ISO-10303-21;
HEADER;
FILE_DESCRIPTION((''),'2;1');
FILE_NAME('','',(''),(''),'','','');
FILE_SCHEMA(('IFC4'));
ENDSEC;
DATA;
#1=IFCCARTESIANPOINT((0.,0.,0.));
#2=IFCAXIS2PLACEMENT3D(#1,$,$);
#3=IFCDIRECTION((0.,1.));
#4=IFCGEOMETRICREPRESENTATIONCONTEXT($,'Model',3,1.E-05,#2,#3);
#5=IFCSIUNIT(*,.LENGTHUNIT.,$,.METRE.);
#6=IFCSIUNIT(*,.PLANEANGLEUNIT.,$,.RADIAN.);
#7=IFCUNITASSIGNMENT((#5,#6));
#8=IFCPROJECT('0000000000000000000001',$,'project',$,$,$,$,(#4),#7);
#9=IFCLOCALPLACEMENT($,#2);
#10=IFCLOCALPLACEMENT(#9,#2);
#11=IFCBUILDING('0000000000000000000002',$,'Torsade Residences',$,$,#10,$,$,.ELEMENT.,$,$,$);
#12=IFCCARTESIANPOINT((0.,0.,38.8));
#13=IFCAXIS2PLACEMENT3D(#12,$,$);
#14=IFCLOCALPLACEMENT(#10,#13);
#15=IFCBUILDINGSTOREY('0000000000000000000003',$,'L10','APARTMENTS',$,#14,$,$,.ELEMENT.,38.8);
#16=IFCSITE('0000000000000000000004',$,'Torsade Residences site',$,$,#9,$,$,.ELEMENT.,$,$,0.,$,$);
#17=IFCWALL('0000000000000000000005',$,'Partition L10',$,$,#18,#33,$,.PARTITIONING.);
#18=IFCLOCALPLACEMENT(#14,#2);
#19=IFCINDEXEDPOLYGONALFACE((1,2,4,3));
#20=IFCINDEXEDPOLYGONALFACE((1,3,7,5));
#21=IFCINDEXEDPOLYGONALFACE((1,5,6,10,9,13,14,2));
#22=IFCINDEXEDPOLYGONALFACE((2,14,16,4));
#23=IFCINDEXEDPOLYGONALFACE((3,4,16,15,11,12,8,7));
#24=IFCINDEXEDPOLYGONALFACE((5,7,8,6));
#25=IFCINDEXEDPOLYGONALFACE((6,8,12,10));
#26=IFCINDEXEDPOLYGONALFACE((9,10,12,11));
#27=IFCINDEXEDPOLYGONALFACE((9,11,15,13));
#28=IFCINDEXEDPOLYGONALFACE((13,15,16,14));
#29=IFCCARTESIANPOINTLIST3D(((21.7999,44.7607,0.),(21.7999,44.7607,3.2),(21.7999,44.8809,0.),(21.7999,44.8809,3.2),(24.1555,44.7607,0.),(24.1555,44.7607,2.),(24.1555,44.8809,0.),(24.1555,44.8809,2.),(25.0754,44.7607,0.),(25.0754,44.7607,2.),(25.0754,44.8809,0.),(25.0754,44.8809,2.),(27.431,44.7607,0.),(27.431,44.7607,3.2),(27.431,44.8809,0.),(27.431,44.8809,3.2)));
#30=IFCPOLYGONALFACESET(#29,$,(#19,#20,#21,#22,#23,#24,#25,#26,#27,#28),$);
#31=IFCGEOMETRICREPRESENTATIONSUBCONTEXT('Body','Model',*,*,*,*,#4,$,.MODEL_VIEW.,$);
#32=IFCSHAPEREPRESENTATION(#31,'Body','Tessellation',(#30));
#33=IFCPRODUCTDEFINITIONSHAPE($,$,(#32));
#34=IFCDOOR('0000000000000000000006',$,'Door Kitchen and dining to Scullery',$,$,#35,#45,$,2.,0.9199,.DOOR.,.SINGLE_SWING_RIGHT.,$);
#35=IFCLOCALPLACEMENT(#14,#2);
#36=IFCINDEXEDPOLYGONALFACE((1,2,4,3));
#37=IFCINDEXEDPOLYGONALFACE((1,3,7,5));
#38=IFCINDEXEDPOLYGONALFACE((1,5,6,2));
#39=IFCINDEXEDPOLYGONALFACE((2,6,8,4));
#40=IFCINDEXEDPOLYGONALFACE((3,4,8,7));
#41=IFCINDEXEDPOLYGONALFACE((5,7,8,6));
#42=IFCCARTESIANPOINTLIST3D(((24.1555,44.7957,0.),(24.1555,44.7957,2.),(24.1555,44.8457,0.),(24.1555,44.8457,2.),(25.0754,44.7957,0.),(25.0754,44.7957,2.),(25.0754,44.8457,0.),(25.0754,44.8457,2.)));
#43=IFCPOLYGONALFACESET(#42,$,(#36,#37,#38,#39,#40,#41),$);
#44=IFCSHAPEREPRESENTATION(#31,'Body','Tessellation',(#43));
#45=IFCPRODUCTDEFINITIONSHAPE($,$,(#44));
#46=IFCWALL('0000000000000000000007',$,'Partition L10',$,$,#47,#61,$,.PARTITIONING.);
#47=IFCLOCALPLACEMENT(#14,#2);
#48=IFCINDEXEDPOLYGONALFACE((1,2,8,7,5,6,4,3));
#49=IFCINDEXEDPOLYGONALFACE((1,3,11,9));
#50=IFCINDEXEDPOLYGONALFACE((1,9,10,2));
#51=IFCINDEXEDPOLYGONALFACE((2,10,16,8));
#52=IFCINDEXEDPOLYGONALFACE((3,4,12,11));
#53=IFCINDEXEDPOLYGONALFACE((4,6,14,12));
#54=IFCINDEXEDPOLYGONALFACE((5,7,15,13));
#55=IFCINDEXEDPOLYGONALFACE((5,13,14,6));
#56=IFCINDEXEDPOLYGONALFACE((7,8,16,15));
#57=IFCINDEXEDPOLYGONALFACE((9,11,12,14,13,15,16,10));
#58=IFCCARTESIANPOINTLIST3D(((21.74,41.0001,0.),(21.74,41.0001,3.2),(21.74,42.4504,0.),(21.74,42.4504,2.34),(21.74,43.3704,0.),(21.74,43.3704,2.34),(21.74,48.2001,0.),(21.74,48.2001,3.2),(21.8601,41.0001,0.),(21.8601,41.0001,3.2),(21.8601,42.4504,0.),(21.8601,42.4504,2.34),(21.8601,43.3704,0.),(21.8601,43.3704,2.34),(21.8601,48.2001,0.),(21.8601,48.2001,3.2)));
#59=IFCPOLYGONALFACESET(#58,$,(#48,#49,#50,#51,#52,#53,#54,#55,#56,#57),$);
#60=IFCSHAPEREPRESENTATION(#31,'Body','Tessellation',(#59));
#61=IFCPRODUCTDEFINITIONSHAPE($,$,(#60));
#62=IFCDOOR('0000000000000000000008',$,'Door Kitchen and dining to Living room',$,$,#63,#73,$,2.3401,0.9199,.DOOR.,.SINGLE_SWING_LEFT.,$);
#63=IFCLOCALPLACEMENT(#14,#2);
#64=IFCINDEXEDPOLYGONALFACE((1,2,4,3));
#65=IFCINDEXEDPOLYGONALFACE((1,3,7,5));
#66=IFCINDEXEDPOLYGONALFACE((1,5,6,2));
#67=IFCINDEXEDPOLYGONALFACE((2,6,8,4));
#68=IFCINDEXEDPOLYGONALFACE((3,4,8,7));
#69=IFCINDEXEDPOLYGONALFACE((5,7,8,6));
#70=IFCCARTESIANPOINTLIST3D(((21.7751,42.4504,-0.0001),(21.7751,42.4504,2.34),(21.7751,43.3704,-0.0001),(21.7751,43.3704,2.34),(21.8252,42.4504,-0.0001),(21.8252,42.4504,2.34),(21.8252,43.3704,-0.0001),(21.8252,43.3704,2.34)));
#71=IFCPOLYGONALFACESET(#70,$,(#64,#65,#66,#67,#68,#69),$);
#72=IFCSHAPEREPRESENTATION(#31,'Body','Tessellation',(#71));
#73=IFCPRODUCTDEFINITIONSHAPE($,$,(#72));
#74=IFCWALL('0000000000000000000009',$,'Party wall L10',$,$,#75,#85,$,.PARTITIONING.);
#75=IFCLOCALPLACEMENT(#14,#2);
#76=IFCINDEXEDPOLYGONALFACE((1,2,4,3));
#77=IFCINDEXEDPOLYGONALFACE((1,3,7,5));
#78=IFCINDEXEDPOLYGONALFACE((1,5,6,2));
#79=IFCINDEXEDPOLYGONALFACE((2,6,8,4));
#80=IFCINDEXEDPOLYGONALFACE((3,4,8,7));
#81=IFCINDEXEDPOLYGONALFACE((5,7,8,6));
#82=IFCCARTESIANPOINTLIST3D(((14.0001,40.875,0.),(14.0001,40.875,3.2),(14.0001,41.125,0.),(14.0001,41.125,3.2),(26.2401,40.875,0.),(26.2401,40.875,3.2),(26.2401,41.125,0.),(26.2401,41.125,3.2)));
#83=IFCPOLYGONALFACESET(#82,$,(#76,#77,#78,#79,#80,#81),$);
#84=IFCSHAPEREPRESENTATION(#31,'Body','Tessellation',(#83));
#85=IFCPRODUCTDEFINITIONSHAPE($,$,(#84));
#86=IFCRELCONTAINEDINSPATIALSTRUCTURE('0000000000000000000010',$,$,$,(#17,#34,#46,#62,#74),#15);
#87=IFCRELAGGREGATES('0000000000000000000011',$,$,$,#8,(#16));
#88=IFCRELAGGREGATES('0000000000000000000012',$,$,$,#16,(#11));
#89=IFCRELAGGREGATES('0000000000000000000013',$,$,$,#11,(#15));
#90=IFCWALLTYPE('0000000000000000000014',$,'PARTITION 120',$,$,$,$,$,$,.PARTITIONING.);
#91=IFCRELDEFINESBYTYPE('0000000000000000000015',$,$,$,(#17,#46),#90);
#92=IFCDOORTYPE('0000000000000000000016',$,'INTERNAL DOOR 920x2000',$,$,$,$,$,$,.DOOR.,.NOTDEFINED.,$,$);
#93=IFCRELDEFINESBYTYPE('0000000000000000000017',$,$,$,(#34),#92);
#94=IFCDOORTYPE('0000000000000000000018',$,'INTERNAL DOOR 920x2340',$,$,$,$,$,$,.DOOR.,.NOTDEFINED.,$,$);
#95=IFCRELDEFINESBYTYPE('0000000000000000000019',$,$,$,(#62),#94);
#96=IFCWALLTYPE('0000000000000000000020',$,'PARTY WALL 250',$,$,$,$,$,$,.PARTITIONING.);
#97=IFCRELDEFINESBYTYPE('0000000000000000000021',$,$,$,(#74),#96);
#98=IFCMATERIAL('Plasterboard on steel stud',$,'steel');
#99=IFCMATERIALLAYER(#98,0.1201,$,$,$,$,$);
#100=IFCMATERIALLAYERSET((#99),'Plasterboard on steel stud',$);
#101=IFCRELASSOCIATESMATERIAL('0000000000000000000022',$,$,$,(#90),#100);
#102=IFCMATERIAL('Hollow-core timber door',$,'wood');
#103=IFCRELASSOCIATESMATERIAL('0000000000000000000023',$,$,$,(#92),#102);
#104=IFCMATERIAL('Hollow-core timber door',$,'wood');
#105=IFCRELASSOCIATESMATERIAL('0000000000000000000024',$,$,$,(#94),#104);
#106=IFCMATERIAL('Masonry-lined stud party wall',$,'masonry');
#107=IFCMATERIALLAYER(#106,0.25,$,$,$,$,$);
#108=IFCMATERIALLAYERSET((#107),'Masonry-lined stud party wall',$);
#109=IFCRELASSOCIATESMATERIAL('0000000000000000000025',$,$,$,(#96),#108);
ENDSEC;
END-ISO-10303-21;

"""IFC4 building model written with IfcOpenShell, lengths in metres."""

from ifc_helpers import new_model, si_unit, direction, frame, frame_2d, origin, place, context, subcontext, project, spatial, rectangle, extrude, material, layer, layer_set, type_object, element, fill, save


model = new_model("IFC4")

# Units and contexts
model_context = context("Model", 3, precision=1e-05, world=origin(), true_north=direction((0.0, 1.0)))
body_context = subcontext(model_context, "Body", "Model", "MODEL_VIEW")
ifc_project = project(units=[si_unit("LENGTHUNIT", "METRE"), si_unit("PLANEANGLEUNIT", "RADIAN")], contexts=[model_context])

# Site, building, storey
site_placement = place(None, origin())
site = spatial("IfcSite", under=ifc_project, at=site_placement, Name="Torsade Residences site", CompositionType="ELEMENT", RefElevation=0.0)
building_placement = place(site_placement, origin())
building = spatial("IfcBuilding", under=site, at=building_placement, Name="Torsade Residences", CompositionType="ELEMENT")
storey_placement = place(building_placement, frame((0.0, 0.0, 38.8)))
storey = spatial("IfcBuildingStorey", under=building, at=storey_placement, Name="L10", Description="APARTMENTS", CompositionType="ELEMENT", Elevation=38.8)

# Walls, openings, doors
ifc_material_1 = material(Name="Plasterboard on steel stud", Category="steel")
ifc_layer_1 = layer(ifc_material_1, 0.1201)
ifc_layer_set_1 = layer_set([ifc_layer_1], Name="Plasterboard on steel stud")
wall_type_1 = type_object("IfcWallType", Name="PARTITION 120", PredefinedType="PARTITIONING", material=ifc_layer_set_1)
wall_1_placement = place(storey_placement, frame((21.8, 44.8208, 0.0), z_axis=(0.0, 0.0, 1.0), x_axis=(1.0, 0.0, 0.0)))
wall_1 = element("IfcWall", 1, at=wall_1_placement, inside=storey, type_object=wall_type_1, Name="Partition L10", PredefinedType="PARTITIONING", context=body_context, shape_type="SweptSolid", body=[
    extrude(rectangle(XDim=5.6311, YDim=0.1201, at=frame_2d((2.8154, 0.0))), origin(), (0.0, 0.0, 1.0), 3.2),
])
opening_1_placement = place(wall_1_placement, frame((2.3555, 0.0, 0.0)))
opening_1 = element("IfcOpeningElement", 2, at=opening_1_placement, cuts=wall_1, PredefinedType="OPENING", context=body_context, shape_type="SweptSolid", body=[
    extrude(rectangle(XDim=0.9199, YDim=2.0, at=frame_2d((0.46, 1.0))), frame((0.0, 0.0701, 0.0), z_axis=(0.0, -1.0, 0.0), x_axis=(1.0, 0.0, 0.0)), (0.0, 0.0, 1.0), 0.1401),
])
ifc_material_2 = material(Name="Hollow-core timber door", Category="wood")
door_type_1 = type_object("IfcDoorType", Name="INTERNAL DOOR 920x2000", OperationType="NOTDEFINED", PredefinedType="DOOR", material=ifc_material_2)
door_1_placement = place(opening_1_placement, origin())
door_1 = element("IfcDoor", 3, at=door_1_placement, inside=storey, type_object=door_type_1, Name="Door Kitchen and dining to Scullery", OperationType="SINGLE_SWING_RIGHT", OverallHeight=2.0, OverallWidth=0.9199, PredefinedType="DOOR", context=body_context, shape_type="SweptSolid", body=[
    extrude(rectangle(XDim=0.9199, YDim=2.0, at=frame_2d((0.46, 1.0))), frame((0.0, 0.0249, 0.0), z_axis=(0.0, -1.0, 0.0), x_axis=(1.0, 0.0, 0.0)), (0.0, 0.0, 1.0), 0.05),
])
fill(opening_1, door_1)
wall_2_placement = place(storey_placement, frame((21.8, 41.0, 0.0), z_axis=(0.0, 0.0, 1.0), x_axis=(0.0, 1.0, 0.0)))
wall_2 = element("IfcWall", 4, at=wall_2_placement, inside=storey, type_object=wall_type_1, Name="Partition L10", PredefinedType="PARTITIONING", context=body_context, shape_type="SweptSolid", body=[
    extrude(rectangle(XDim=7.2, YDim=0.1201, at=frame_2d((3.6001, 0.0))), origin(), (0.0, 0.0, 1.0), 3.2),
])
opening_2_placement = place(wall_2_placement, frame((1.4504, 0.0, 0.0)))
opening_2 = element("IfcOpeningElement", 5, at=opening_2_placement, cuts=wall_2, PredefinedType="OPENING", context=body_context, shape_type="SweptSolid", body=[
    extrude(rectangle(XDim=0.9199, YDim=2.3401, at=frame_2d((0.46, 1.1699))), frame((0.0, 0.0701, 0.0), z_axis=(0.0, -1.0, 0.0), x_axis=(1.0, 0.0, 0.0)), (0.0, 0.0, 1.0), 0.1401),
])
ifc_material_3 = material(Name="Hollow-core timber door", Category="wood")
door_type_2 = type_object("IfcDoorType", Name="INTERNAL DOOR 920x2340", OperationType="NOTDEFINED", PredefinedType="DOOR", material=ifc_material_3)
door_2_placement = place(opening_2_placement, origin())
door_2 = element("IfcDoor", 6, at=door_2_placement, inside=storey, type_object=door_type_2, Name="Door Kitchen and dining to Living room", OperationType="SINGLE_SWING_LEFT", OverallHeight=2.3401, OverallWidth=0.9199, PredefinedType="DOOR", context=body_context, shape_type="SweptSolid", body=[
    extrude(rectangle(XDim=0.9199, YDim=2.3401, at=frame_2d((0.46, 1.1699))), frame((0.0, 0.0249, 0.0), z_axis=(0.0, -1.0, 0.0), x_axis=(1.0, 0.0, 0.0)), (0.0, 0.0, 1.0), 0.05),
])
fill(opening_2, door_2)

# Wall
ifc_material_4 = material(Name="Masonry-lined stud party wall", Category="masonry")
ifc_layer_2 = layer(ifc_material_4, 0.25)
ifc_layer_set_2 = layer_set([ifc_layer_2], Name="Masonry-lined stud party wall")
wall_type_2 = type_object("IfcWallType", Name="PARTY WALL 250", PredefinedType="PARTITIONING", material=ifc_layer_set_2)
wall_3_placement = place(storey_placement, frame((14.0, 41.0, 0.0), z_axis=(0.0, 0.0, 1.0), x_axis=(1.0, 0.0, 0.0)))
element("IfcWall", 7, at=wall_3_placement, inside=storey, type_object=wall_type_2, Name="Party wall L10", PredefinedType="PARTITIONING", context=body_context, shape_type="SweptSolid", body=[
    extrude(rectangle(XDim=12.24, YDim=0.25, at=frame_2d((6.1201, 0.0))), origin(), (0.0, 0.0, 1.0), 3.2),
])

save(model, "model.ifc")
